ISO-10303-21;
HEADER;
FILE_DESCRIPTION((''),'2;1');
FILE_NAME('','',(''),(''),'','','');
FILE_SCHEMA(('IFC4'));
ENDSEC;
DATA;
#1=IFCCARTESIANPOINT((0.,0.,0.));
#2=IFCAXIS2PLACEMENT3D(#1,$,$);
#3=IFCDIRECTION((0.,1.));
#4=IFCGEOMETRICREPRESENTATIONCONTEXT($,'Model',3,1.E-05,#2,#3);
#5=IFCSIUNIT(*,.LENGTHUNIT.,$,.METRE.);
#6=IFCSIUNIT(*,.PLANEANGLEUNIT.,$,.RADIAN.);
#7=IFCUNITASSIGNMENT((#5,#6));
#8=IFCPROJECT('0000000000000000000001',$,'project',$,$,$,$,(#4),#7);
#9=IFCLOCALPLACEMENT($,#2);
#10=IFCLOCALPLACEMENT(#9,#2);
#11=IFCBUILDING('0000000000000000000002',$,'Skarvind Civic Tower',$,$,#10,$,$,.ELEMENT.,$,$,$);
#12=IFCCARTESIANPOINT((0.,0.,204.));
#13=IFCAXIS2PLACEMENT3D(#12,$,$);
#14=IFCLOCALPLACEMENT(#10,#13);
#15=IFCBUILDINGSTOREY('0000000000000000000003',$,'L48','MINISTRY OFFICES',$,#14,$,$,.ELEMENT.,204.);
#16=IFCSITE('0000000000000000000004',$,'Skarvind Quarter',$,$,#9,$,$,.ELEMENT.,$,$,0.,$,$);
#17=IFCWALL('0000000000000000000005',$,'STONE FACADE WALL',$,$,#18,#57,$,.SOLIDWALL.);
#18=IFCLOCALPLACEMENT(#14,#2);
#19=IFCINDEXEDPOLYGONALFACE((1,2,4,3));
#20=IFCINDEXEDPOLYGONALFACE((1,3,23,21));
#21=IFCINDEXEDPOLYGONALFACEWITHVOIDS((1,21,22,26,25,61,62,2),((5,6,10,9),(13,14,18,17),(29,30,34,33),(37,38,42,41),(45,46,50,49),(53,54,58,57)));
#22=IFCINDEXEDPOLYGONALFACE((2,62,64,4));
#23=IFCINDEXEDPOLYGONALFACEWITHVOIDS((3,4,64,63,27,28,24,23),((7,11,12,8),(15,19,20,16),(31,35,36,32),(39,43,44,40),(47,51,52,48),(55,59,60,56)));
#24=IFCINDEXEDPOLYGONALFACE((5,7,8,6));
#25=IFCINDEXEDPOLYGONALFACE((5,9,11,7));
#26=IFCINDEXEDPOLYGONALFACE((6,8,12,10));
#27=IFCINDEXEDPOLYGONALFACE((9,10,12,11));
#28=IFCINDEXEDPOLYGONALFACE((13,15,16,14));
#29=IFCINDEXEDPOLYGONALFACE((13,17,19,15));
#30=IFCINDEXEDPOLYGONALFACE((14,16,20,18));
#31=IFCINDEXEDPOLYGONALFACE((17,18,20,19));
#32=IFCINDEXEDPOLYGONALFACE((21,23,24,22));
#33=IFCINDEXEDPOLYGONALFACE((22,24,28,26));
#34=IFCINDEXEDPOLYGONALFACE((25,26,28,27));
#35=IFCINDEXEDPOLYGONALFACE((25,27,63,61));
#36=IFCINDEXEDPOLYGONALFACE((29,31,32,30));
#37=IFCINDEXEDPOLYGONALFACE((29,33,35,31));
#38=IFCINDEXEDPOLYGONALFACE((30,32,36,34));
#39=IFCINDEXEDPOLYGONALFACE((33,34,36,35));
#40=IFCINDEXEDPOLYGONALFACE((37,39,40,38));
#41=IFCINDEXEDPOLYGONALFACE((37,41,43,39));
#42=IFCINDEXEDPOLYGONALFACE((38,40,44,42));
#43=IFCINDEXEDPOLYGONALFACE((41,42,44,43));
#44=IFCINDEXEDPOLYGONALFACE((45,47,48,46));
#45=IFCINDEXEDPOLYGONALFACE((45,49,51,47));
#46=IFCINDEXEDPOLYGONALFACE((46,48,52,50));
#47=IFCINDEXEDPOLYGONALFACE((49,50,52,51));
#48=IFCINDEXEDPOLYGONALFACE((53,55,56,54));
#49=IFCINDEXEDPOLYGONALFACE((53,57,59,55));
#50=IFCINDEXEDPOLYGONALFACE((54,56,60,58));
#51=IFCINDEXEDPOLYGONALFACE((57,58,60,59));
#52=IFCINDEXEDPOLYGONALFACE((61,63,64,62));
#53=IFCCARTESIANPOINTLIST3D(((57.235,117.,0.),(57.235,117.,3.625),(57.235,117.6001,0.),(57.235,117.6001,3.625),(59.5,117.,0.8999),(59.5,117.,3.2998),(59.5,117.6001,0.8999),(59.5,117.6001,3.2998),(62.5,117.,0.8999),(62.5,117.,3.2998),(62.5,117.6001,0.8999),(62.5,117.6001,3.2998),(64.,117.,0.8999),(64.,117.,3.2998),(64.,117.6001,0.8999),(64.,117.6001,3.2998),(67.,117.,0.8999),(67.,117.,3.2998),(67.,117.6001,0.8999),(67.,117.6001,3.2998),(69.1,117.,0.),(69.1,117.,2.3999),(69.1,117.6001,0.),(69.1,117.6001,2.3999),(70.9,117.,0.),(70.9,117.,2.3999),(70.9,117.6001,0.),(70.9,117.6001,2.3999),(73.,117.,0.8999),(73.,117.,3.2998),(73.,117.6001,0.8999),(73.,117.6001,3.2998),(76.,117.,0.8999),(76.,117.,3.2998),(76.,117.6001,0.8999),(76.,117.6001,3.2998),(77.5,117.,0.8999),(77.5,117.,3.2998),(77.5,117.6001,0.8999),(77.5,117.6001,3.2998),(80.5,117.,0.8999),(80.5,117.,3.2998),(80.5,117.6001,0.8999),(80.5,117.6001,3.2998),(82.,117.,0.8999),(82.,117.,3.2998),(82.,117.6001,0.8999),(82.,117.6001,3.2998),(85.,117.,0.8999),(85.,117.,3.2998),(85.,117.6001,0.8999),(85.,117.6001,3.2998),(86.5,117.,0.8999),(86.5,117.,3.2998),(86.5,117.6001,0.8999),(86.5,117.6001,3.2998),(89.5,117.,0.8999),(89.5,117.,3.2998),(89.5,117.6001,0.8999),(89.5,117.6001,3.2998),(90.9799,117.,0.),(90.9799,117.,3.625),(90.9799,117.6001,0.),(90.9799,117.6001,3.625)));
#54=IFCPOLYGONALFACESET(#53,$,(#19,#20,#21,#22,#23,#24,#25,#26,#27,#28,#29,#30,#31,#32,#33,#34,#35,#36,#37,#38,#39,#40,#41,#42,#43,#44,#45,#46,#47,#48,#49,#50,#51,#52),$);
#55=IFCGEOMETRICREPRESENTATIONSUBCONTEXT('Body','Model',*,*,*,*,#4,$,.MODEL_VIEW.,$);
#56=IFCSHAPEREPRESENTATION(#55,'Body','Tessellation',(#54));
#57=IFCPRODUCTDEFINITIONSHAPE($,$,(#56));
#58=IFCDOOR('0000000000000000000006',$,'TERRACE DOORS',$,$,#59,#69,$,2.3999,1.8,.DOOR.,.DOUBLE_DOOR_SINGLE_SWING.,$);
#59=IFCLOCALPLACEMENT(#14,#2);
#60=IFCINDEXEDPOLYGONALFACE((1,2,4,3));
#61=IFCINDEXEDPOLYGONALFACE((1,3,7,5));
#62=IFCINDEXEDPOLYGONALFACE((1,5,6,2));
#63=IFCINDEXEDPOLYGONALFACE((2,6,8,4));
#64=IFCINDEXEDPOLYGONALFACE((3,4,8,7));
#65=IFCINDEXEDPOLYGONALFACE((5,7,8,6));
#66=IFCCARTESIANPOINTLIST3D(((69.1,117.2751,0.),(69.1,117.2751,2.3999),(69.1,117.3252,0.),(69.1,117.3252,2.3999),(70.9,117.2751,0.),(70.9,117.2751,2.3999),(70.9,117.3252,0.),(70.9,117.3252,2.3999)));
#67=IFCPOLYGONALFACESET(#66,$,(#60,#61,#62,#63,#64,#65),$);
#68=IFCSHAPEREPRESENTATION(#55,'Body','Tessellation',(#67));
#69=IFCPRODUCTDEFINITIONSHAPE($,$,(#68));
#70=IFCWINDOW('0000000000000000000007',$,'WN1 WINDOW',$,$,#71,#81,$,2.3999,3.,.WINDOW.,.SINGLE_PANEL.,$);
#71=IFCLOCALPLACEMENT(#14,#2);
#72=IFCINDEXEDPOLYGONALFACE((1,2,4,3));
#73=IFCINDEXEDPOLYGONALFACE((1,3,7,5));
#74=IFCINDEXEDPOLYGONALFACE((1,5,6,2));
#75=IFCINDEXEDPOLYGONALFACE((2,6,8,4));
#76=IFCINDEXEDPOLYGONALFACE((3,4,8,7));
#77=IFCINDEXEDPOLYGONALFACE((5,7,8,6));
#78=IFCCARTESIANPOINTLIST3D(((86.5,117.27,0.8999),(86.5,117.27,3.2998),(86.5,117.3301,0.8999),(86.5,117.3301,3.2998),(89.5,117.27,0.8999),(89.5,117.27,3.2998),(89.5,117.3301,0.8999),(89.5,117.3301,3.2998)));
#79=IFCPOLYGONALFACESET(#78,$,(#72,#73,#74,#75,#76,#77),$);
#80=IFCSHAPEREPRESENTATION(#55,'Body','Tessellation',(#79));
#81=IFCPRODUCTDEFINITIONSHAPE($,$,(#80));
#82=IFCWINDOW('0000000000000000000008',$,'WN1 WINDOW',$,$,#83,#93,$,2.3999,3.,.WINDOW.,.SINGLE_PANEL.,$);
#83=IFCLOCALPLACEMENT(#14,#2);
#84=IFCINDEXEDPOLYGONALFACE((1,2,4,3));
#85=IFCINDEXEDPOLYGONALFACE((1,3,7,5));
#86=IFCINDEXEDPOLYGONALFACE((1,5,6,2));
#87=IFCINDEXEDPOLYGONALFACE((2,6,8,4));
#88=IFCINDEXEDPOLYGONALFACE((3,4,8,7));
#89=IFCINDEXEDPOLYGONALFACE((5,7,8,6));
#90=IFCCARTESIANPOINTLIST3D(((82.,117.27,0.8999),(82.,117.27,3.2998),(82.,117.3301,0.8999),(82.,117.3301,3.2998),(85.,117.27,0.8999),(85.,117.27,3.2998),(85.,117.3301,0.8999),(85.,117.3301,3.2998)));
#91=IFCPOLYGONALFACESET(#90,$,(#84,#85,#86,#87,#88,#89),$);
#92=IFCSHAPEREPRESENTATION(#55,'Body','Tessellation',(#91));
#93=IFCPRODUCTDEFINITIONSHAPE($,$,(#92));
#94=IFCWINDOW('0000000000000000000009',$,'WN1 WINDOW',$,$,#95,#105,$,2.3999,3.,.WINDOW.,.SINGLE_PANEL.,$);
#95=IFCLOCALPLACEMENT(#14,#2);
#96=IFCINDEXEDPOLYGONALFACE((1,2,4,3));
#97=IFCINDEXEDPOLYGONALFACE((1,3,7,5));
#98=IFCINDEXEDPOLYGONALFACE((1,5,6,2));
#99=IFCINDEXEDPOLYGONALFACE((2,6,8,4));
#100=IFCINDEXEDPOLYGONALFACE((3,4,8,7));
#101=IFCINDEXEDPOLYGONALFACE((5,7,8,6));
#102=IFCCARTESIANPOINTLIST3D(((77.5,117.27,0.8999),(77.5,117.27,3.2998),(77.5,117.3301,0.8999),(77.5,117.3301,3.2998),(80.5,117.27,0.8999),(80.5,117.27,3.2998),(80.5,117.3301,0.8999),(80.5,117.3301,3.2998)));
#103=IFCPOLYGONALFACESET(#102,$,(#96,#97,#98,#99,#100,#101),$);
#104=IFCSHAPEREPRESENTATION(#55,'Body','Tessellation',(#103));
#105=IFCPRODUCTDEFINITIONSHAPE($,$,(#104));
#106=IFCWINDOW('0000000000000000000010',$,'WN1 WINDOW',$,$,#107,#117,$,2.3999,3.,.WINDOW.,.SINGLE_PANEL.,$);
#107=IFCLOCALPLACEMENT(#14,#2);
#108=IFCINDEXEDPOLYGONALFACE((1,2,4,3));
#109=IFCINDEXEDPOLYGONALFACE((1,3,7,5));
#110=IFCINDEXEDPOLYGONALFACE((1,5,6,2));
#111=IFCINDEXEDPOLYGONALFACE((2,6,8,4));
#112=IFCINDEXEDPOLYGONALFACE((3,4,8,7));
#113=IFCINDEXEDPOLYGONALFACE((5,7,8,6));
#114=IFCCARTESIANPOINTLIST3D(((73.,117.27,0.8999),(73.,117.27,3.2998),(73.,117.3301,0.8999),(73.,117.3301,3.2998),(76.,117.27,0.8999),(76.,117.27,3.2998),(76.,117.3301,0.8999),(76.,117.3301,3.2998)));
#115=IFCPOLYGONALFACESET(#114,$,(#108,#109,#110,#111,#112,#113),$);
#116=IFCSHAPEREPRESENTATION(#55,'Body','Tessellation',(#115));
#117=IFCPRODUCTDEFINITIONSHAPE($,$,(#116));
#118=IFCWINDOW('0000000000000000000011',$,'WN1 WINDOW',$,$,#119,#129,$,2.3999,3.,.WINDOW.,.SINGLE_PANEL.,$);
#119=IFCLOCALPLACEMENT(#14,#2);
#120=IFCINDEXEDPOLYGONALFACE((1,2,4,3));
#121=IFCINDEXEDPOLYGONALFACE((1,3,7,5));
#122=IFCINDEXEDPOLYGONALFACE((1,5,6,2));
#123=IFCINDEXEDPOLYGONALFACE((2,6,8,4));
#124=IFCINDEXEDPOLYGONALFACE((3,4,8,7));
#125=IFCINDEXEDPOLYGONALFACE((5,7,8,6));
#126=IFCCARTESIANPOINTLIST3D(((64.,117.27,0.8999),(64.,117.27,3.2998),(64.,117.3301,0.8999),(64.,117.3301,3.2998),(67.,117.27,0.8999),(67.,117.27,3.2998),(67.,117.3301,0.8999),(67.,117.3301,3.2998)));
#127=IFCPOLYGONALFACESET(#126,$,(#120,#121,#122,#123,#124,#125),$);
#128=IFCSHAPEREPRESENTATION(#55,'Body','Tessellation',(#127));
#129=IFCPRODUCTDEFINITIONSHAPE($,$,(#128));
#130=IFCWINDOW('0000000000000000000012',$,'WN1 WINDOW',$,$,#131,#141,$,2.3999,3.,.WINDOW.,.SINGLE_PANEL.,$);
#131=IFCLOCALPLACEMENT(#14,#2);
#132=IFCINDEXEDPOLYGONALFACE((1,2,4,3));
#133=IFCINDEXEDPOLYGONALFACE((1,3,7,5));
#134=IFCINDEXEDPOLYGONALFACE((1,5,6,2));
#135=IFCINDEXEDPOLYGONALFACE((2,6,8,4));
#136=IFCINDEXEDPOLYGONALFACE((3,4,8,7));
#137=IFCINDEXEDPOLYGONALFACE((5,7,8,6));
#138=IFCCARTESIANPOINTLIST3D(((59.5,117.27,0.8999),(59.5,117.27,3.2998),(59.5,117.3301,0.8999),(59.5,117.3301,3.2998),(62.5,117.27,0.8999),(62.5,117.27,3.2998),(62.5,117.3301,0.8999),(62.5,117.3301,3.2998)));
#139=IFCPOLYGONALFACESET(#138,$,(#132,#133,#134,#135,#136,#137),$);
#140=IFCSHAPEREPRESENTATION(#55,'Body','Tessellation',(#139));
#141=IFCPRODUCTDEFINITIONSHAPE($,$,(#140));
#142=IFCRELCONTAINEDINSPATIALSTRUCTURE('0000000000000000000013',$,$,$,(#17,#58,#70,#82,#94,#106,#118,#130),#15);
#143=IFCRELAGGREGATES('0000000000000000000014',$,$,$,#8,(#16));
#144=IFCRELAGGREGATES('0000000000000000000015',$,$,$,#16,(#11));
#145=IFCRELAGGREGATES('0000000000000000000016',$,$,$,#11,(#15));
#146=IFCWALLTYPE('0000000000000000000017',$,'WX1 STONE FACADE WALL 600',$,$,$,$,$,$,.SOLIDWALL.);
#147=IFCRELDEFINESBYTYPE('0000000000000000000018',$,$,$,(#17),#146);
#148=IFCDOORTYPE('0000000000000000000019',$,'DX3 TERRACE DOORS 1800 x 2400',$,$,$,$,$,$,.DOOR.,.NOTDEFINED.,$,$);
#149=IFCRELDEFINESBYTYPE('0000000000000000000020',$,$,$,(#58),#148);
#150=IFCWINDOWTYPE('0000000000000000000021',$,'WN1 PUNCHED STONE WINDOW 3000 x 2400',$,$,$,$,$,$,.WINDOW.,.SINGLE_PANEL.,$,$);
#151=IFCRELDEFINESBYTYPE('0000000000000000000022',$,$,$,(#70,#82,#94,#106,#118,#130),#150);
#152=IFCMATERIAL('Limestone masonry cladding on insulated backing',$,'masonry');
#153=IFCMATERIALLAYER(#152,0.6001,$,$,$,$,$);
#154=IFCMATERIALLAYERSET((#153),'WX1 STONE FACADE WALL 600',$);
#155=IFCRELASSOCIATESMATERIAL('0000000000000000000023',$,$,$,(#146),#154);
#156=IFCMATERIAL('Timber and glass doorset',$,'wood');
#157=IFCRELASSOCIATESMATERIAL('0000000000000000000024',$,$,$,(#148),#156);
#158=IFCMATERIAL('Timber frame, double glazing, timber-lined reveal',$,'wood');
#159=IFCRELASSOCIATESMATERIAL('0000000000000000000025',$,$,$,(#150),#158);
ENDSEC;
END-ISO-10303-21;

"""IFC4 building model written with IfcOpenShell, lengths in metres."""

from ifc_helpers import new_model, si_unit, direction, frame, frame_2d, origin, place, context, subcontext, project, spatial, rectangle, extrude, material, layer, layer_set, type_object, element, fill, save


model = new_model("IFC4")

# Units and contexts
model_context = context("Model", 3, precision=1e-05, world=origin(), true_north=direction((0.0, 1.0)))
body_context = subcontext(model_context, "Body", "Model", "MODEL_VIEW")
ifc_project = project(units=[si_unit("LENGTHUNIT", "METRE"), si_unit("PLANEANGLEUNIT", "RADIAN")], contexts=[model_context])

# Site, building, storey
site_placement = place(None, origin())
site = spatial("IfcSite", under=ifc_project, at=site_placement, Name="Skarvind Quarter", CompositionType="ELEMENT", RefElevation=0.0)
building_placement = place(site_placement, origin())
building = spatial("IfcBuilding", under=site, at=building_placement, Name="Skarvind Civic Tower", CompositionType="ELEMENT")
storey_placement = place(building_placement, frame((0.0, 0.0, 204.0)))
storey = spatial("IfcBuildingStorey", under=building, at=storey_placement, Name="L48", Description="MINISTRY OFFICES", CompositionType="ELEMENT", Elevation=204.0)

# Wall, openings, door, windows
ifc_material_1 = material(Name="Limestone masonry cladding on insulated backing", Category="masonry")
ifc_layer_1 = layer(ifc_material_1, 0.6001)
ifc_layer_set_1 = layer_set([ifc_layer_1], Name="WX1 STONE FACADE WALL 600")
wall_type_1 = type_object("IfcWallType", Name="WX1 STONE FACADE WALL 600", PredefinedType="SOLIDWALL", material=ifc_layer_set_1)
wall_1_placement = place(storey_placement, frame((90.98, 117.3, 0.0), z_axis=(0.0, 0.0, 1.0), x_axis=(-1.0, 0.0, 0.0)))
wall_1 = element("IfcWall", 1, at=wall_1_placement, inside=storey, type_object=wall_type_1, Name="STONE FACADE WALL", PredefinedType="SOLIDWALL", context=body_context, shape_type="SweptSolid", body=[
    extrude(rectangle(XDim=33.7449, YDim=0.6001, at=frame_2d((16.8726, 0.0))), origin(), (0.0, 0.0, 1.0), 3.625),
])
opening_1_placement = place(wall_1_placement, frame((1.48, 0.0, 0.8999)))
opening_1 = element("IfcOpeningElement", 2, at=opening_1_placement, cuts=wall_1, PredefinedType="OPENING", context=body_context, shape_type="SweptSolid", body=[
    extrude(rectangle(XDim=3.0, YDim=2.3999, at=frame_2d((1.5, 1.2))), frame((0.0, 0.3101, 0.0), z_axis=(0.0, -1.0, 0.0), x_axis=(1.0, 0.0, 0.0)), (0.0, 0.0, 1.0), 0.6201),
])
opening_2_placement = place(wall_1_placement, frame((5.98, 0.0, 0.8999)))
opening_2 = element("IfcOpeningElement", 3, at=opening_2_placement, cuts=wall_1, PredefinedType="OPENING", context=body_context, shape_type="SweptSolid", body=[
    extrude(rectangle(XDim=3.0, YDim=2.3999, at=frame_2d((1.5, 1.2))), frame((0.0, 0.3101, 0.0), z_axis=(0.0, -1.0, 0.0), x_axis=(1.0, 0.0, 0.0)), (0.0, 0.0, 1.0), 0.6201),
])
opening_3_placement = place(wall_1_placement, frame((10.48, 0.0, 0.8999)))
opening_3 = element("IfcOpeningElement", 4, at=opening_3_placement, cuts=wall_1, PredefinedType="OPENING", context=body_context, shape_type="SweptSolid", body=[
    extrude(rectangle(XDim=3.0, YDim=2.3999, at=frame_2d((1.5, 1.2))), frame((0.0, 0.3101, 0.0), z_axis=(0.0, -1.0, 0.0), x_axis=(1.0, 0.0, 0.0)), (0.0, 0.0, 1.0), 0.6201),
])
opening_4_placement = place(wall_1_placement, frame((14.98, 0.0, 0.8999)))
opening_4 = element("IfcOpeningElement", 5, at=opening_4_placement, cuts=wall_1, PredefinedType="OPENING", context=body_context, shape_type="SweptSolid", body=[
    extrude(rectangle(XDim=3.0, YDim=2.3999, at=frame_2d((1.5, 1.2))), frame((0.0, 0.3101, 0.0), z_axis=(0.0, -1.0, 0.0), x_axis=(1.0, 0.0, 0.0)), (0.0, 0.0, 1.0), 0.6201),
])
opening_5_placement = place(wall_1_placement, frame((20.0801, 0.0, 0.0)))
opening_5 = element("IfcOpeningElement", 6, at=opening_5_placement, cuts=wall_1, PredefinedType="OPENING", context=body_context, shape_type="SweptSolid", body=[
    extrude(rectangle(XDim=1.8, YDim=2.3999, at=frame_2d((0.8999, 1.2))), frame((0.0, 0.3101, 0.0), z_axis=(0.0, -1.0, 0.0), x_axis=(1.0, 0.0, 0.0)), (0.0, 0.0, 1.0), 0.6201),
])
opening_6_placement = place(wall_1_placement, frame((23.98, 0.0, 0.8999)))
opening_6 = element("IfcOpeningElement", 7, at=opening_6_placement, cuts=wall_1, PredefinedType="OPENING", context=body_context, shape_type="SweptSolid", body=[
    extrude(rectangle(XDim=3.0, YDim=2.3999, at=frame_2d((1.5, 1.2))), frame((0.0, 0.3101, 0.0), z_axis=(0.0, -1.0, 0.0), x_axis=(1.0, 0.0, 0.0)), (0.0, 0.0, 1.0), 0.6201),
])
opening_7_placement = place(wall_1_placement, frame((28.48, 0.0, 0.8999)))
opening_7 = element("IfcOpeningElement", 8, at=opening_7_placement, cuts=wall_1, PredefinedType="OPENING", context=body_context, shape_type="SweptSolid", body=[
    extrude(rectangle(XDim=3.0, YDim=2.3999, at=frame_2d((1.5, 1.2))), frame((0.0, 0.3101, 0.0), z_axis=(0.0, -1.0, 0.0), x_axis=(1.0, 0.0, 0.0)), (0.0, 0.0, 1.0), 0.6201),
])
ifc_material_2 = material(Name="Timber and glass doorset", Category="wood")
door_type_1 = type_object("IfcDoorType", Name="DX3 TERRACE DOORS 1800 x 2400", OperationType="NOTDEFINED", PredefinedType="DOOR", material=ifc_material_2)
door_1_placement = place(opening_5_placement, origin())
door_1 = element("IfcDoor", 9, at=door_1_placement, inside=storey, type_object=door_type_1, Name="TERRACE DOORS", OperationType="DOUBLE_DOOR_SINGLE_SWING", OverallHeight=2.3999, OverallWidth=1.8, PredefinedType="DOOR", context=body_context, shape_type="SweptSolid", body=[
    extrude(rectangle(XDim=1.8, YDim=2.3999, at=frame_2d((0.8999, 1.2))), frame((0.0, 0.0249, 0.0), z_axis=(0.0, -1.0, 0.0), x_axis=(1.0, 0.0, 0.0)), (0.0, 0.0, 1.0), 0.05),
])
fill(opening_5, door_1)
ifc_material_3 = material(Name="Timber frame, double glazing, timber-lined reveal", Category="wood")
window_type = type_object("IfcWindowType", Name="WN1 PUNCHED STONE WINDOW 3000 x 2400", PartitioningType="SINGLE_PANEL", PredefinedType="WINDOW", material=ifc_material_3)
window_1_placement = place(opening_1_placement, origin())
window_1 = element("IfcWindow", 10, at=window_1_placement, inside=storey, type_object=window_type, Name="WN1 WINDOW", OverallHeight=2.3999, OverallWidth=3.0, PartitioningType="SINGLE_PANEL", PredefinedType="WINDOW", context=body_context, shape_type="SweptSolid", body=[
    extrude(rectangle(XDim=3.0, YDim=2.3999, at=frame_2d((1.5, 1.2))), frame((0.0, 0.03, 0.0), z_axis=(0.0, -1.0, 0.0), x_axis=(1.0, 0.0, 0.0)), (0.0, 0.0, 1.0), 0.0601),
])
fill(opening_1, window_1)
window_2_placement = place(opening_2_placement, origin())
window_2 = element("IfcWindow", 11, at=window_2_placement, inside=storey, type_object=window_type, Name="WN1 WINDOW", OverallHeight=2.3999, OverallWidth=3.0, PartitioningType="SINGLE_PANEL", PredefinedType="WINDOW", context=body_context, shape_type="SweptSolid", body=[
    extrude(rectangle(XDim=3.0, YDim=2.3999, at=frame_2d((1.5, 1.2))), frame((0.0, 0.03, 0.0), z_axis=(0.0, -1.0, 0.0), x_axis=(1.0, 0.0, 0.0)), (0.0, 0.0, 1.0), 0.0601),
])
fill(opening_2, window_2)
window_3_placement = place(opening_3_placement, origin())
window_3 = element("IfcWindow", 12, at=window_3_placement, inside=storey, type_object=window_type, Name="WN1 WINDOW", OverallHeight=2.3999, OverallWidth=3.0, PartitioningType="SINGLE_PANEL", PredefinedType="WINDOW", context=body_context, shape_type="SweptSolid", body=[
    extrude(rectangle(XDim=3.0, YDim=2.3999, at=frame_2d((1.5, 1.2))), frame((0.0, 0.03, 0.0), z_axis=(0.0, -1.0, 0.0), x_axis=(1.0, 0.0, 0.0)), (0.0, 0.0, 1.0), 0.0601),
])
fill(opening_3, window_3)
window_4_placement = place(opening_4_placement, origin())
window_4 = element("IfcWindow", 13, at=window_4_placement, inside=storey, type_object=window_type, Name="WN1 WINDOW", OverallHeight=2.3999, OverallWidth=3.0, PartitioningType="SINGLE_PANEL", PredefinedType="WINDOW", context=body_context, shape_type="SweptSolid", body=[
    extrude(rectangle(XDim=3.0, YDim=2.3999, at=frame_2d((1.5, 1.2))), frame((0.0, 0.03, 0.0), z_axis=(0.0, -1.0, 0.0), x_axis=(1.0, 0.0, 0.0)), (0.0, 0.0, 1.0), 0.0601),
])
fill(opening_4, window_4)
window_5_placement = place(opening_6_placement, origin())
window_5 = element("IfcWindow", 14, at=window_5_placement, inside=storey, type_object=window_type, Name="WN1 WINDOW", OverallHeight=2.3999, OverallWidth=3.0, PartitioningType="SINGLE_PANEL", PredefinedType="WINDOW", context=body_context, shape_type="SweptSolid", body=[
    extrude(rectangle(XDim=3.0, YDim=2.3999, at=frame_2d((1.5, 1.2))), frame((0.0, 0.03, 0.0), z_axis=(0.0, -1.0, 0.0), x_axis=(1.0, 0.0, 0.0)), (0.0, 0.0, 1.0), 0.0601),
])
fill(opening_6, window_5)
window_6_placement = place(opening_7_placement, origin())
window_6 = element("IfcWindow", 15, at=window_6_placement, inside=storey, type_object=window_type, Name="WN1 WINDOW", OverallHeight=2.3999, OverallWidth=3.0, PartitioningType="SINGLE_PANEL", PredefinedType="WINDOW", context=body_context, shape_type="SweptSolid", body=[
    extrude(rectangle(XDim=3.0, YDim=2.3999, at=frame_2d((1.5, 1.2))), frame((0.0, 0.03, 0.0), z_axis=(0.0, -1.0, 0.0), x_axis=(1.0, 0.0, 0.0)), (0.0, 0.0, 1.0), 0.0601),
])
fill(opening_7, window_6)

save(model, "model.ifc")
